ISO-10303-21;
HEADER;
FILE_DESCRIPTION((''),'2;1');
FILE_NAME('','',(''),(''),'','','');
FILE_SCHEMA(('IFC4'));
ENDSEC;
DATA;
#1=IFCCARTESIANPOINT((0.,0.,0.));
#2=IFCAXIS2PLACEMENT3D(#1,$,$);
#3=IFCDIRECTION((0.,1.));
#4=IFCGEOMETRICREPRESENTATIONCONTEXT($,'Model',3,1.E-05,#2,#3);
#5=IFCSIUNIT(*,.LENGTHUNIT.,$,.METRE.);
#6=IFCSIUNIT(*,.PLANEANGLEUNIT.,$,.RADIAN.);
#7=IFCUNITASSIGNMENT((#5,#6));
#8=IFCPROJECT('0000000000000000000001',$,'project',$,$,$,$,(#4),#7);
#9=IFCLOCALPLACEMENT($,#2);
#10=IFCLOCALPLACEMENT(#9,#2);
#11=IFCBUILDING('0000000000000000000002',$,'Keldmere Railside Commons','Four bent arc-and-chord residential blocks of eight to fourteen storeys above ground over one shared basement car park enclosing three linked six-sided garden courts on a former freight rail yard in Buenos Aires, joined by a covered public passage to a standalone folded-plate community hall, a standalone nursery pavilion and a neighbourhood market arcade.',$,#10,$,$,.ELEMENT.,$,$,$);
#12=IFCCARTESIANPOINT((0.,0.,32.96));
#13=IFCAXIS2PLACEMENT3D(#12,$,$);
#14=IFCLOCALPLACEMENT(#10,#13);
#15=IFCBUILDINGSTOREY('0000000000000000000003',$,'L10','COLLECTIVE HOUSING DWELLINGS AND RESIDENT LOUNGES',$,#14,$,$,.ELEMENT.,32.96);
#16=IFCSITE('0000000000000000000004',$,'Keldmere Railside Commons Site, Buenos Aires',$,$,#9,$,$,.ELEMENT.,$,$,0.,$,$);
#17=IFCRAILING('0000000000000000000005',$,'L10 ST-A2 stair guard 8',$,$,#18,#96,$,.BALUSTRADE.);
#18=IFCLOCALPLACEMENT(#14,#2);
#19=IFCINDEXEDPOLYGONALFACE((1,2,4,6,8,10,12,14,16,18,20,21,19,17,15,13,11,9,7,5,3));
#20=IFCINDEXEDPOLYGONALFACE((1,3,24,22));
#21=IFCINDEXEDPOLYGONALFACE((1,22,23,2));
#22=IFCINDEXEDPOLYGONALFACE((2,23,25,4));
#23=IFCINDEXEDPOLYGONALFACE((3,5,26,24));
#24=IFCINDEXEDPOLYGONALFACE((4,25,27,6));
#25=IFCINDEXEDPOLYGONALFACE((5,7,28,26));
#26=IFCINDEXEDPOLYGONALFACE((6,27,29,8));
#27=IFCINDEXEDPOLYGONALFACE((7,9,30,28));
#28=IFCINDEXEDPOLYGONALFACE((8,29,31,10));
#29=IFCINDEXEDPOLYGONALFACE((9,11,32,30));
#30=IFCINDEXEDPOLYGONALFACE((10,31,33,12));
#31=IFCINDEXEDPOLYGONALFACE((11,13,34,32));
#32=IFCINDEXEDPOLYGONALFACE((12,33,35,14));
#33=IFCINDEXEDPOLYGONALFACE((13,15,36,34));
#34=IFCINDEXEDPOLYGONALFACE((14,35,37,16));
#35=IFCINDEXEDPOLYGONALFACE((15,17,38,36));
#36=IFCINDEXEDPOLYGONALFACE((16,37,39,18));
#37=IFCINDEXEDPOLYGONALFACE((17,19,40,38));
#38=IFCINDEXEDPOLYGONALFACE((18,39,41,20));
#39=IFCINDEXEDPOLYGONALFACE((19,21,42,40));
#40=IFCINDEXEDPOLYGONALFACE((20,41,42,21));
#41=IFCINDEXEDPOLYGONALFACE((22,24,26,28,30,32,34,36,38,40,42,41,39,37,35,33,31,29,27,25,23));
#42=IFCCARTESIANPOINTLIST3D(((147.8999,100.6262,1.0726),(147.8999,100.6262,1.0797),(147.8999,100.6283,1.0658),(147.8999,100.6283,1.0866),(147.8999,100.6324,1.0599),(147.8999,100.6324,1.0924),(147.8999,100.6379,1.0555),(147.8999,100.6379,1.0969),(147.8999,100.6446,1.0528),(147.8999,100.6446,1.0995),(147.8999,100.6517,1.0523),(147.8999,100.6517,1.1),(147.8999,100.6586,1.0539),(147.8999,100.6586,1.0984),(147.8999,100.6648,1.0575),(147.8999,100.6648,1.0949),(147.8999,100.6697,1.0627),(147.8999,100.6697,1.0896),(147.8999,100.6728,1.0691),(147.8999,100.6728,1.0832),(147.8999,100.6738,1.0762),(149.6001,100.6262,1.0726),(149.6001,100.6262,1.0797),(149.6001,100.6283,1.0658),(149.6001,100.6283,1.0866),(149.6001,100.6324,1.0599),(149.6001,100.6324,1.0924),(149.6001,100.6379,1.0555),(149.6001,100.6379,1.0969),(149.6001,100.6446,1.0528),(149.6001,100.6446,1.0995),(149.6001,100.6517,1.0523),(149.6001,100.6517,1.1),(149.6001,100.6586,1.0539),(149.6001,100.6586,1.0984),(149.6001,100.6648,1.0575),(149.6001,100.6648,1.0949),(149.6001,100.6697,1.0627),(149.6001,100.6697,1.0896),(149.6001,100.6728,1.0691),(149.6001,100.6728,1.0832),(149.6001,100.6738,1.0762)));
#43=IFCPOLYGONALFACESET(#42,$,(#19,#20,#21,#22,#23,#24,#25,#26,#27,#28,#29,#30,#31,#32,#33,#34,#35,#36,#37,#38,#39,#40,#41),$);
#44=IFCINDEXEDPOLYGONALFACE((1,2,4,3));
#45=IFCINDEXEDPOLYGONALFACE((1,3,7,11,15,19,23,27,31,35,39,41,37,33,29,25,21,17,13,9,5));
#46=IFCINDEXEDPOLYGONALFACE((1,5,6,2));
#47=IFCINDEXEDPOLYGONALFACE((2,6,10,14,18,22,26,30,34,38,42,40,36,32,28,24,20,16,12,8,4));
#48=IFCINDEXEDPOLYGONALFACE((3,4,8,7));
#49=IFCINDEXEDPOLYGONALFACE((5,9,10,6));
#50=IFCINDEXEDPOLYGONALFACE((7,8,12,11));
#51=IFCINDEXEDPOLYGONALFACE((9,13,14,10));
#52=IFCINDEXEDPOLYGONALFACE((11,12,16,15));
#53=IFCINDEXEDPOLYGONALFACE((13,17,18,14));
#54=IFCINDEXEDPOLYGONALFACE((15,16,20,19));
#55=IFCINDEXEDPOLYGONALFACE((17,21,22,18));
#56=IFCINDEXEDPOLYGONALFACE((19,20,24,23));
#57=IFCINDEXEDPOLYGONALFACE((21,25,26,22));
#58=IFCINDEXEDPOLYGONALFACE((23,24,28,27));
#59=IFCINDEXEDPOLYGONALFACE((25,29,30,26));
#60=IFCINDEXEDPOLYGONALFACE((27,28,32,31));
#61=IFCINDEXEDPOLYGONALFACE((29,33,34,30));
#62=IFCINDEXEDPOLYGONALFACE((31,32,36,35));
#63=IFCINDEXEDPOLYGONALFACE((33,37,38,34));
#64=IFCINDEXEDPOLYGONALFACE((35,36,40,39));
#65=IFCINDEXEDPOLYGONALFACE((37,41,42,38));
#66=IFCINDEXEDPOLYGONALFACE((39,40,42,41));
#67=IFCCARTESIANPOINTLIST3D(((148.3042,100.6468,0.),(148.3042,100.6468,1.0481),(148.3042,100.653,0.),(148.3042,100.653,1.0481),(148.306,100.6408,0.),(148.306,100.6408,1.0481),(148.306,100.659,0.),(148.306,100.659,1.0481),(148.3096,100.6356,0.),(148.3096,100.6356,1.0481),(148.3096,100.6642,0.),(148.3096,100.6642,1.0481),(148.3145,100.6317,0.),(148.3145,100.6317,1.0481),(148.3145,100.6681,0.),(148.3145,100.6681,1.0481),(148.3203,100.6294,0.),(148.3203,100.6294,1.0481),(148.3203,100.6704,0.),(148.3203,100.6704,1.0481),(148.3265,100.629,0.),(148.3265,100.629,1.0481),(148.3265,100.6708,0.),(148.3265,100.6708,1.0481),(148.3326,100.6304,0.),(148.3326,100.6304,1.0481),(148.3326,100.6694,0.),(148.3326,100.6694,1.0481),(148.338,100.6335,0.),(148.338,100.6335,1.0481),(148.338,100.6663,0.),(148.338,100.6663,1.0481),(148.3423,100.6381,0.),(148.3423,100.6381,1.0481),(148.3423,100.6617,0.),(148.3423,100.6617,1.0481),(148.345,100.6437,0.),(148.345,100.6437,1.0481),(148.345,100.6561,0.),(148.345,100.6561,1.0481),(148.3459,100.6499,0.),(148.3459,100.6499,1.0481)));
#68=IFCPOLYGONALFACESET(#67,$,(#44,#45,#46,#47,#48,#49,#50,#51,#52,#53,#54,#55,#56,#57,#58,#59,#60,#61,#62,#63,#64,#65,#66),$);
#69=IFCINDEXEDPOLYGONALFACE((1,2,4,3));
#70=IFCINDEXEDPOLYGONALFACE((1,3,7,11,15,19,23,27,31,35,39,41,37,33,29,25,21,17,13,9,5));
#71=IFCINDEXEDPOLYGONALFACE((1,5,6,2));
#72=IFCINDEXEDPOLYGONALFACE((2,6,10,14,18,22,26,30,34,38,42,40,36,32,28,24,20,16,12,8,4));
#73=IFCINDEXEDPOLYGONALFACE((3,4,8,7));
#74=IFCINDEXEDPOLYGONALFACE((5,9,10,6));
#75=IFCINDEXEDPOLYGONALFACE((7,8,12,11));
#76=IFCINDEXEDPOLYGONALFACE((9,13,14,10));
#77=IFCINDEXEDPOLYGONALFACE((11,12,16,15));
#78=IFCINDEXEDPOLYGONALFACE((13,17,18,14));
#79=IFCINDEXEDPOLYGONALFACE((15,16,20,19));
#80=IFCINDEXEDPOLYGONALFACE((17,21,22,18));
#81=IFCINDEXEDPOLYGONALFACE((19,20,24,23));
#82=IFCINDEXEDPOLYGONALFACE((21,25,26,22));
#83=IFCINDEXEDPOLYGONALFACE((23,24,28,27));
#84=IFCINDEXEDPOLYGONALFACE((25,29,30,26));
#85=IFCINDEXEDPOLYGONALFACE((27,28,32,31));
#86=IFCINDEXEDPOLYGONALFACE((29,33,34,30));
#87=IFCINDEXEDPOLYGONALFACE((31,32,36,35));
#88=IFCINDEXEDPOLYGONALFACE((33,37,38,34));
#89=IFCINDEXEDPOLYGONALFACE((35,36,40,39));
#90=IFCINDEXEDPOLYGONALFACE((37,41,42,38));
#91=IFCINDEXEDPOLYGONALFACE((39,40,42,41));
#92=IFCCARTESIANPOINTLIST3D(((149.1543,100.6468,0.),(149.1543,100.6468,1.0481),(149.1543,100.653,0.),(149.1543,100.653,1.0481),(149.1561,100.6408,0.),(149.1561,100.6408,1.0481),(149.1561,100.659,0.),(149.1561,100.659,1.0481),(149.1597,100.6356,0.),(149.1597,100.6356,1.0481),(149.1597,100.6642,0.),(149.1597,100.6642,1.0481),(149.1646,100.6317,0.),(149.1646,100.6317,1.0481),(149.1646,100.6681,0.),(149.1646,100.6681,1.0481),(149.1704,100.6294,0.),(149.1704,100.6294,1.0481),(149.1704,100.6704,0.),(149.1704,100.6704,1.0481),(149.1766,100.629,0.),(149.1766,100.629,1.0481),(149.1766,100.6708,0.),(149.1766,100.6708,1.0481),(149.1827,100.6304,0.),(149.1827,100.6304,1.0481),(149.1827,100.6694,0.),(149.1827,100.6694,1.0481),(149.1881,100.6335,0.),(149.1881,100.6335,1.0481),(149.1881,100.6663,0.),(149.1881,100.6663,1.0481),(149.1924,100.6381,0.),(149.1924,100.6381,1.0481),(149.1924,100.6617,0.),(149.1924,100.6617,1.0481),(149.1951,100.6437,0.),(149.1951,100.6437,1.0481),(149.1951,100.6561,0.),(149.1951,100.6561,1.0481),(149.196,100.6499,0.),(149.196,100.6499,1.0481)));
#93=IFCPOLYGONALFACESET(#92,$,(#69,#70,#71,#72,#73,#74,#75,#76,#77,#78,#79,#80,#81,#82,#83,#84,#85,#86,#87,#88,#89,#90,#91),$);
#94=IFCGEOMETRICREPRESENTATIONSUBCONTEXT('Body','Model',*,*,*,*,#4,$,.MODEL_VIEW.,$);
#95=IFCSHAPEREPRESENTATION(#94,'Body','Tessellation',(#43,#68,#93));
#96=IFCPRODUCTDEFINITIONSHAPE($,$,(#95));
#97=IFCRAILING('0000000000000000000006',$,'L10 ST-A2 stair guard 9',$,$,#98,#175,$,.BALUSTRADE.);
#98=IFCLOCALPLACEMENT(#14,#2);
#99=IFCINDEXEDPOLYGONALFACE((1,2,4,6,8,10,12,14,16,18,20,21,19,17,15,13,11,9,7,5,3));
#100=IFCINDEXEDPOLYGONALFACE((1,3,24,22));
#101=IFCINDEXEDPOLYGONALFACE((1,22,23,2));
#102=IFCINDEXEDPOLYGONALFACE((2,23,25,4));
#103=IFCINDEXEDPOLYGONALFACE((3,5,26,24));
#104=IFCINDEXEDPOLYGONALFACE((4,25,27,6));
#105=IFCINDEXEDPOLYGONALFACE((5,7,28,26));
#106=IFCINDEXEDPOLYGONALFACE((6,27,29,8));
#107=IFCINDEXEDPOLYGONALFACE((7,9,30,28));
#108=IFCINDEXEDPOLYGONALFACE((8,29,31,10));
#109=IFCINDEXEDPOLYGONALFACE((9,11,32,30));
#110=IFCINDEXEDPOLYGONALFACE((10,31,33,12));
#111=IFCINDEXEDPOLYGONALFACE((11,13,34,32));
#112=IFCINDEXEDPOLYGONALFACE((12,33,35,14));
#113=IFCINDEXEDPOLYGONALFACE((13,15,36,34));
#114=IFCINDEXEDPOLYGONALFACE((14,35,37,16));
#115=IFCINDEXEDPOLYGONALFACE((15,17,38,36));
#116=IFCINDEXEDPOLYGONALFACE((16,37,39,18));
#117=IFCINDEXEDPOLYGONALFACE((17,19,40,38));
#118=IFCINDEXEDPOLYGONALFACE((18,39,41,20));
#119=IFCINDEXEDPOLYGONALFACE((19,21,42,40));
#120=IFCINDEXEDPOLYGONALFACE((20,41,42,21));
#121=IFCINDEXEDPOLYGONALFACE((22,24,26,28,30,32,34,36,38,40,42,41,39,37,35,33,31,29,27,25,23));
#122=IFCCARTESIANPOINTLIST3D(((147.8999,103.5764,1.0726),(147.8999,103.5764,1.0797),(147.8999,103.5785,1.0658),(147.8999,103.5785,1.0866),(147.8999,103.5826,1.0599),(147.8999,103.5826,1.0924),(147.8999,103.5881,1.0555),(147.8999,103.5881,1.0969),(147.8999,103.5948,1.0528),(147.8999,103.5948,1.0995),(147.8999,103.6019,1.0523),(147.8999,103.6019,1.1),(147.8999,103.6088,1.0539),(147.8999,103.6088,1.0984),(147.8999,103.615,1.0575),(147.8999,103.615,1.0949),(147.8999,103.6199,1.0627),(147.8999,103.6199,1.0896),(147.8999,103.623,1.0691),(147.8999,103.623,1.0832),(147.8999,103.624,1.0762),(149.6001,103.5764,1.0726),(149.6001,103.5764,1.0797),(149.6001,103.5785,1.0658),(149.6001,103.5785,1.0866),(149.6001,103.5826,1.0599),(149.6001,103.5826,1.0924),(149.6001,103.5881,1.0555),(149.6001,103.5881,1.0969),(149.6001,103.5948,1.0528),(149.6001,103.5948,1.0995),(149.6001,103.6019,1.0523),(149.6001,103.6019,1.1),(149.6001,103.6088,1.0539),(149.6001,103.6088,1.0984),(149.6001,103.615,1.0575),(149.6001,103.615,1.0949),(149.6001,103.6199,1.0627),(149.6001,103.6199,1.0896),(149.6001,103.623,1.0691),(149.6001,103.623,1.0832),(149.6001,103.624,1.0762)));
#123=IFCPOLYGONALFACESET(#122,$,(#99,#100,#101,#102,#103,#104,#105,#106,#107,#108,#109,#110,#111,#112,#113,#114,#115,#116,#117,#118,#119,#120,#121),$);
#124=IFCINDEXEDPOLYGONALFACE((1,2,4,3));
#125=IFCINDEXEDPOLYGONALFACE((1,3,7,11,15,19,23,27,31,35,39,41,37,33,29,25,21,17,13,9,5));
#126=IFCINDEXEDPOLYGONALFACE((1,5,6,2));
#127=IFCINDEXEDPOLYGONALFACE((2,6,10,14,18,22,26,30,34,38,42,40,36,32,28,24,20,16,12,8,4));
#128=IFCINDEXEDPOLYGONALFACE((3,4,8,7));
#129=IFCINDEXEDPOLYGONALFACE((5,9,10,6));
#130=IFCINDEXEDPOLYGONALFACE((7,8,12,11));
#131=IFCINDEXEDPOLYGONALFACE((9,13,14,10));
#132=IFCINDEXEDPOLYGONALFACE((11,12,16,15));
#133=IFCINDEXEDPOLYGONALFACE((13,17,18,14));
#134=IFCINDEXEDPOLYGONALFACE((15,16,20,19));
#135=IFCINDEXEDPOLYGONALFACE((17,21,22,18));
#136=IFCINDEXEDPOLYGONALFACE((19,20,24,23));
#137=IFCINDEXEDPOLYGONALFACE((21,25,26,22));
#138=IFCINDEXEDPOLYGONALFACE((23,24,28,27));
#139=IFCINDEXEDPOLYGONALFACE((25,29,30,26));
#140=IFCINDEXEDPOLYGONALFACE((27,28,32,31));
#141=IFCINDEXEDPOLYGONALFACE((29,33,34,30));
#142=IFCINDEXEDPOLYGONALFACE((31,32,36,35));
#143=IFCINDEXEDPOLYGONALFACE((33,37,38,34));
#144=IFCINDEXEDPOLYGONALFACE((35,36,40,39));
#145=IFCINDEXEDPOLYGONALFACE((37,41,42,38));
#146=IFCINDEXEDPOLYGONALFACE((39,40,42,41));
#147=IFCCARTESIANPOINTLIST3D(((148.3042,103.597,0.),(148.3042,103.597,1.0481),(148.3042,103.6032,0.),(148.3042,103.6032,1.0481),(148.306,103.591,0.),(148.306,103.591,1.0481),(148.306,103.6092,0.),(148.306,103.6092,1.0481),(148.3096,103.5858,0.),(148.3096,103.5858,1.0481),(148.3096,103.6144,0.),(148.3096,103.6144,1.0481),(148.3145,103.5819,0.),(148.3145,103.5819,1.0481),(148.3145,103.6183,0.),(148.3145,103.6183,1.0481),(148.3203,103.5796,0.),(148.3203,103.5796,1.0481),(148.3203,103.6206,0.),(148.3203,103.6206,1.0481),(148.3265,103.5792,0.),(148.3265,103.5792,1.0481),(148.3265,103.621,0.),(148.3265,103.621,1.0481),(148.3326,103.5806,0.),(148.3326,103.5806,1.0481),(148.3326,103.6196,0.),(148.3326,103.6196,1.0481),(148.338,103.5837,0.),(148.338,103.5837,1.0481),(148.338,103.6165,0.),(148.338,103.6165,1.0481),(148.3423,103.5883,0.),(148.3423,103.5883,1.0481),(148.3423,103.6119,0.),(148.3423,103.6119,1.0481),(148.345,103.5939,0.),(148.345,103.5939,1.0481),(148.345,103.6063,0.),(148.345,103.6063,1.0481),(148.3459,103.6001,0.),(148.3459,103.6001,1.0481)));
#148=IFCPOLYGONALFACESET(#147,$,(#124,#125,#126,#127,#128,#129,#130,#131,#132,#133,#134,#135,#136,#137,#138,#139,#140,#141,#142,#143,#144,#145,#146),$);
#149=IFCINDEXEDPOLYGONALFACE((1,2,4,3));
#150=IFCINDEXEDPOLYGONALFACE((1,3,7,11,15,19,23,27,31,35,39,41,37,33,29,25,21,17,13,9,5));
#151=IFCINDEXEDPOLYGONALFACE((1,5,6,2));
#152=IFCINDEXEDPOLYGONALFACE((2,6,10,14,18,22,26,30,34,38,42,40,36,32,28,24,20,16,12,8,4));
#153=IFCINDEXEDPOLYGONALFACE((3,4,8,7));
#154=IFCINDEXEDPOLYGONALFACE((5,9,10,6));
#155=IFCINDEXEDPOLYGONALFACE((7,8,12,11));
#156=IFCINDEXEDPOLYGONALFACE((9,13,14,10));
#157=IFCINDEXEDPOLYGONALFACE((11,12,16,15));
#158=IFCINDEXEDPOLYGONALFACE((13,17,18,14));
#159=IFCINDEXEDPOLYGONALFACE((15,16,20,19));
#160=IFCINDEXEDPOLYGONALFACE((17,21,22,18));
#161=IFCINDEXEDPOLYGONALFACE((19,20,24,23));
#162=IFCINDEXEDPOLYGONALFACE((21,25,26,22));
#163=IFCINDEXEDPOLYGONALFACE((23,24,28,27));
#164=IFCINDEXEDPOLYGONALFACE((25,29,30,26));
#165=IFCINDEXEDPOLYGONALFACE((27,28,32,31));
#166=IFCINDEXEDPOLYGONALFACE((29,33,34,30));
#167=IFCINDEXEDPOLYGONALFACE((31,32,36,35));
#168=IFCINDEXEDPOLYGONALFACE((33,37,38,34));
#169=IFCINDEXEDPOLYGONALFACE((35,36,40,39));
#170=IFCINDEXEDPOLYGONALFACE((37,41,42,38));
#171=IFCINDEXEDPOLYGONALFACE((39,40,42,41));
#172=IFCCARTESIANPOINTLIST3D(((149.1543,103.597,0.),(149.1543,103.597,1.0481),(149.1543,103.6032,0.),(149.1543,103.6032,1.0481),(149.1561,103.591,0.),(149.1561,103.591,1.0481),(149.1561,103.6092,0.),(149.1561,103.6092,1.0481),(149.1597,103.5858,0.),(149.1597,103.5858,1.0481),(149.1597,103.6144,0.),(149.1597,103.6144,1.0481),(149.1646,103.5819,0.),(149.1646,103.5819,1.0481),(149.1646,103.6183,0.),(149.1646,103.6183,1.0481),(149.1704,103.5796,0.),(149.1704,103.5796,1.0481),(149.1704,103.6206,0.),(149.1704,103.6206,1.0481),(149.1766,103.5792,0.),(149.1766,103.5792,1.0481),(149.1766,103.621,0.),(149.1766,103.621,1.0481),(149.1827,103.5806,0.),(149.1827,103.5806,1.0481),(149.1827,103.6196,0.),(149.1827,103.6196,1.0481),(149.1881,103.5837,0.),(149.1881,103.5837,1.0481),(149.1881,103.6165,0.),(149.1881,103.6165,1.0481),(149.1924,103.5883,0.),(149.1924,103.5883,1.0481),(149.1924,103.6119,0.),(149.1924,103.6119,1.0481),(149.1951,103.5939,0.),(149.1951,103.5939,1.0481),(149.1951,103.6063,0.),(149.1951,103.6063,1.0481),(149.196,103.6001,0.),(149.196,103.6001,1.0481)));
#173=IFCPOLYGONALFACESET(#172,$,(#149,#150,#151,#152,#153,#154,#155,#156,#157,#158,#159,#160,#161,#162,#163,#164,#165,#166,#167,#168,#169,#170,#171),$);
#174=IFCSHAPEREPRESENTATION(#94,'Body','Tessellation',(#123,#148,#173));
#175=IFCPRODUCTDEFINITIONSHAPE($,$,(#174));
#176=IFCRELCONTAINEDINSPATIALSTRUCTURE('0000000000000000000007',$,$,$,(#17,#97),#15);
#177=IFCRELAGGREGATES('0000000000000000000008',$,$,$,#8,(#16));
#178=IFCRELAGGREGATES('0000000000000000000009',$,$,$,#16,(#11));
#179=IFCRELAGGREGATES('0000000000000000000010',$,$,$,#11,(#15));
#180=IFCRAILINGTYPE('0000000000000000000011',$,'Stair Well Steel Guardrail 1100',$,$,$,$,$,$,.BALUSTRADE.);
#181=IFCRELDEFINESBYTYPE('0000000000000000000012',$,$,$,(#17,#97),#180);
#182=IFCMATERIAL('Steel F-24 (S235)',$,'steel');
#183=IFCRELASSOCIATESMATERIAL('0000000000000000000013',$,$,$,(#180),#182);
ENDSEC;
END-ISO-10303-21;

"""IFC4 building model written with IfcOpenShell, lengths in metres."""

from ifc_helpers import new_model, si_unit, direction, frame, origin, origin_2d, place, context, subcontext, project, spatial, circle, extrude, material, type_object, element, save


model = new_model("IFC4")

# Units and contexts
model_context = context("Model", 3, precision=1e-05, world=origin(), true_north=direction((0.0, 1.0)))
body_context = subcontext(model_context, "Body", "Model", "MODEL_VIEW")
ifc_project = project(units=[si_unit("LENGTHUNIT", "METRE"), si_unit("PLANEANGLEUNIT", "RADIAN")], contexts=[model_context])

# Site, building, storey
site_placement = place(None, origin())
site = spatial("IfcSite", under=ifc_project, at=site_placement, Name="Keldmere Railside Commons Site, Buenos Aires", CompositionType="ELEMENT", RefElevation=0.0)
building_placement = place(site_placement, origin())
building = spatial("IfcBuilding", under=site, at=building_placement, Name="Keldmere Railside Commons", Description="Four bent arc-and-chord residential blocks of eight to fourteen storeys above ground over one shared basement car park enclosing three linked six-sided garden courts on a former freight rail yard in Buenos Aires, joined by a covered public passage to a standalone folded-plate community hall, a standalone nursery pavilion and a neighbourhood market arcade.", CompositionType="ELEMENT")
storey_placement = place(building_placement, frame((0.0, 0.0, 32.96)))
storey = spatial("IfcBuildingStorey", under=building, at=storey_placement, Name="L10", Description="COLLECTIVE HOUSING DWELLINGS AND RESIDENT LOUNGES", CompositionType="ELEMENT", Elevation=32.96)

# Shared definitions
ifc_material_1 = material(Name="Steel F-24 (S235)", Category="steel")

# Railings
railing_type_1 = type_object("IfcRailingType", Name="Stair Well Steel Guardrail 1100", PredefinedType="BALUSTRADE", material=ifc_material_1)
for number, where, name in (
    (1, (147.8999, 100.6499, 0.0), "L10 ST-A2 stair guard 8"),
    (2, (147.8999, 103.6001, 0.0), "L10 ST-A2 stair guard 9"),
):
    element("IfcRailing", number, at=place(storey_placement, frame(where)), inside=storey, type_object=railing_type_1, Name=name, PredefinedType="BALUSTRADE", context=body_context, shape_type="SweptSolid", body=[
        extrude(circle(Radius=0.0239, at=origin_2d()), frame((0.0, 0.0, 1.0762), z_axis=(1.0, 0.0, 0.0), x_axis=(0.0, 1.0, 0.0)), (0.0, 0.0, 1.0), 1.7002),
        extrude(circle(Radius=0.021, at=origin_2d()), frame((0.425, 0.0, 0.0)), (0.0, 0.0, 1.0), 1.0481),
        extrude(circle(Radius=0.021, at=origin_2d()), frame((1.2751, 0.0, 0.0)), (0.0, 0.0, 1.0), 1.0481),
    ])

save(model, "model.ifc")
